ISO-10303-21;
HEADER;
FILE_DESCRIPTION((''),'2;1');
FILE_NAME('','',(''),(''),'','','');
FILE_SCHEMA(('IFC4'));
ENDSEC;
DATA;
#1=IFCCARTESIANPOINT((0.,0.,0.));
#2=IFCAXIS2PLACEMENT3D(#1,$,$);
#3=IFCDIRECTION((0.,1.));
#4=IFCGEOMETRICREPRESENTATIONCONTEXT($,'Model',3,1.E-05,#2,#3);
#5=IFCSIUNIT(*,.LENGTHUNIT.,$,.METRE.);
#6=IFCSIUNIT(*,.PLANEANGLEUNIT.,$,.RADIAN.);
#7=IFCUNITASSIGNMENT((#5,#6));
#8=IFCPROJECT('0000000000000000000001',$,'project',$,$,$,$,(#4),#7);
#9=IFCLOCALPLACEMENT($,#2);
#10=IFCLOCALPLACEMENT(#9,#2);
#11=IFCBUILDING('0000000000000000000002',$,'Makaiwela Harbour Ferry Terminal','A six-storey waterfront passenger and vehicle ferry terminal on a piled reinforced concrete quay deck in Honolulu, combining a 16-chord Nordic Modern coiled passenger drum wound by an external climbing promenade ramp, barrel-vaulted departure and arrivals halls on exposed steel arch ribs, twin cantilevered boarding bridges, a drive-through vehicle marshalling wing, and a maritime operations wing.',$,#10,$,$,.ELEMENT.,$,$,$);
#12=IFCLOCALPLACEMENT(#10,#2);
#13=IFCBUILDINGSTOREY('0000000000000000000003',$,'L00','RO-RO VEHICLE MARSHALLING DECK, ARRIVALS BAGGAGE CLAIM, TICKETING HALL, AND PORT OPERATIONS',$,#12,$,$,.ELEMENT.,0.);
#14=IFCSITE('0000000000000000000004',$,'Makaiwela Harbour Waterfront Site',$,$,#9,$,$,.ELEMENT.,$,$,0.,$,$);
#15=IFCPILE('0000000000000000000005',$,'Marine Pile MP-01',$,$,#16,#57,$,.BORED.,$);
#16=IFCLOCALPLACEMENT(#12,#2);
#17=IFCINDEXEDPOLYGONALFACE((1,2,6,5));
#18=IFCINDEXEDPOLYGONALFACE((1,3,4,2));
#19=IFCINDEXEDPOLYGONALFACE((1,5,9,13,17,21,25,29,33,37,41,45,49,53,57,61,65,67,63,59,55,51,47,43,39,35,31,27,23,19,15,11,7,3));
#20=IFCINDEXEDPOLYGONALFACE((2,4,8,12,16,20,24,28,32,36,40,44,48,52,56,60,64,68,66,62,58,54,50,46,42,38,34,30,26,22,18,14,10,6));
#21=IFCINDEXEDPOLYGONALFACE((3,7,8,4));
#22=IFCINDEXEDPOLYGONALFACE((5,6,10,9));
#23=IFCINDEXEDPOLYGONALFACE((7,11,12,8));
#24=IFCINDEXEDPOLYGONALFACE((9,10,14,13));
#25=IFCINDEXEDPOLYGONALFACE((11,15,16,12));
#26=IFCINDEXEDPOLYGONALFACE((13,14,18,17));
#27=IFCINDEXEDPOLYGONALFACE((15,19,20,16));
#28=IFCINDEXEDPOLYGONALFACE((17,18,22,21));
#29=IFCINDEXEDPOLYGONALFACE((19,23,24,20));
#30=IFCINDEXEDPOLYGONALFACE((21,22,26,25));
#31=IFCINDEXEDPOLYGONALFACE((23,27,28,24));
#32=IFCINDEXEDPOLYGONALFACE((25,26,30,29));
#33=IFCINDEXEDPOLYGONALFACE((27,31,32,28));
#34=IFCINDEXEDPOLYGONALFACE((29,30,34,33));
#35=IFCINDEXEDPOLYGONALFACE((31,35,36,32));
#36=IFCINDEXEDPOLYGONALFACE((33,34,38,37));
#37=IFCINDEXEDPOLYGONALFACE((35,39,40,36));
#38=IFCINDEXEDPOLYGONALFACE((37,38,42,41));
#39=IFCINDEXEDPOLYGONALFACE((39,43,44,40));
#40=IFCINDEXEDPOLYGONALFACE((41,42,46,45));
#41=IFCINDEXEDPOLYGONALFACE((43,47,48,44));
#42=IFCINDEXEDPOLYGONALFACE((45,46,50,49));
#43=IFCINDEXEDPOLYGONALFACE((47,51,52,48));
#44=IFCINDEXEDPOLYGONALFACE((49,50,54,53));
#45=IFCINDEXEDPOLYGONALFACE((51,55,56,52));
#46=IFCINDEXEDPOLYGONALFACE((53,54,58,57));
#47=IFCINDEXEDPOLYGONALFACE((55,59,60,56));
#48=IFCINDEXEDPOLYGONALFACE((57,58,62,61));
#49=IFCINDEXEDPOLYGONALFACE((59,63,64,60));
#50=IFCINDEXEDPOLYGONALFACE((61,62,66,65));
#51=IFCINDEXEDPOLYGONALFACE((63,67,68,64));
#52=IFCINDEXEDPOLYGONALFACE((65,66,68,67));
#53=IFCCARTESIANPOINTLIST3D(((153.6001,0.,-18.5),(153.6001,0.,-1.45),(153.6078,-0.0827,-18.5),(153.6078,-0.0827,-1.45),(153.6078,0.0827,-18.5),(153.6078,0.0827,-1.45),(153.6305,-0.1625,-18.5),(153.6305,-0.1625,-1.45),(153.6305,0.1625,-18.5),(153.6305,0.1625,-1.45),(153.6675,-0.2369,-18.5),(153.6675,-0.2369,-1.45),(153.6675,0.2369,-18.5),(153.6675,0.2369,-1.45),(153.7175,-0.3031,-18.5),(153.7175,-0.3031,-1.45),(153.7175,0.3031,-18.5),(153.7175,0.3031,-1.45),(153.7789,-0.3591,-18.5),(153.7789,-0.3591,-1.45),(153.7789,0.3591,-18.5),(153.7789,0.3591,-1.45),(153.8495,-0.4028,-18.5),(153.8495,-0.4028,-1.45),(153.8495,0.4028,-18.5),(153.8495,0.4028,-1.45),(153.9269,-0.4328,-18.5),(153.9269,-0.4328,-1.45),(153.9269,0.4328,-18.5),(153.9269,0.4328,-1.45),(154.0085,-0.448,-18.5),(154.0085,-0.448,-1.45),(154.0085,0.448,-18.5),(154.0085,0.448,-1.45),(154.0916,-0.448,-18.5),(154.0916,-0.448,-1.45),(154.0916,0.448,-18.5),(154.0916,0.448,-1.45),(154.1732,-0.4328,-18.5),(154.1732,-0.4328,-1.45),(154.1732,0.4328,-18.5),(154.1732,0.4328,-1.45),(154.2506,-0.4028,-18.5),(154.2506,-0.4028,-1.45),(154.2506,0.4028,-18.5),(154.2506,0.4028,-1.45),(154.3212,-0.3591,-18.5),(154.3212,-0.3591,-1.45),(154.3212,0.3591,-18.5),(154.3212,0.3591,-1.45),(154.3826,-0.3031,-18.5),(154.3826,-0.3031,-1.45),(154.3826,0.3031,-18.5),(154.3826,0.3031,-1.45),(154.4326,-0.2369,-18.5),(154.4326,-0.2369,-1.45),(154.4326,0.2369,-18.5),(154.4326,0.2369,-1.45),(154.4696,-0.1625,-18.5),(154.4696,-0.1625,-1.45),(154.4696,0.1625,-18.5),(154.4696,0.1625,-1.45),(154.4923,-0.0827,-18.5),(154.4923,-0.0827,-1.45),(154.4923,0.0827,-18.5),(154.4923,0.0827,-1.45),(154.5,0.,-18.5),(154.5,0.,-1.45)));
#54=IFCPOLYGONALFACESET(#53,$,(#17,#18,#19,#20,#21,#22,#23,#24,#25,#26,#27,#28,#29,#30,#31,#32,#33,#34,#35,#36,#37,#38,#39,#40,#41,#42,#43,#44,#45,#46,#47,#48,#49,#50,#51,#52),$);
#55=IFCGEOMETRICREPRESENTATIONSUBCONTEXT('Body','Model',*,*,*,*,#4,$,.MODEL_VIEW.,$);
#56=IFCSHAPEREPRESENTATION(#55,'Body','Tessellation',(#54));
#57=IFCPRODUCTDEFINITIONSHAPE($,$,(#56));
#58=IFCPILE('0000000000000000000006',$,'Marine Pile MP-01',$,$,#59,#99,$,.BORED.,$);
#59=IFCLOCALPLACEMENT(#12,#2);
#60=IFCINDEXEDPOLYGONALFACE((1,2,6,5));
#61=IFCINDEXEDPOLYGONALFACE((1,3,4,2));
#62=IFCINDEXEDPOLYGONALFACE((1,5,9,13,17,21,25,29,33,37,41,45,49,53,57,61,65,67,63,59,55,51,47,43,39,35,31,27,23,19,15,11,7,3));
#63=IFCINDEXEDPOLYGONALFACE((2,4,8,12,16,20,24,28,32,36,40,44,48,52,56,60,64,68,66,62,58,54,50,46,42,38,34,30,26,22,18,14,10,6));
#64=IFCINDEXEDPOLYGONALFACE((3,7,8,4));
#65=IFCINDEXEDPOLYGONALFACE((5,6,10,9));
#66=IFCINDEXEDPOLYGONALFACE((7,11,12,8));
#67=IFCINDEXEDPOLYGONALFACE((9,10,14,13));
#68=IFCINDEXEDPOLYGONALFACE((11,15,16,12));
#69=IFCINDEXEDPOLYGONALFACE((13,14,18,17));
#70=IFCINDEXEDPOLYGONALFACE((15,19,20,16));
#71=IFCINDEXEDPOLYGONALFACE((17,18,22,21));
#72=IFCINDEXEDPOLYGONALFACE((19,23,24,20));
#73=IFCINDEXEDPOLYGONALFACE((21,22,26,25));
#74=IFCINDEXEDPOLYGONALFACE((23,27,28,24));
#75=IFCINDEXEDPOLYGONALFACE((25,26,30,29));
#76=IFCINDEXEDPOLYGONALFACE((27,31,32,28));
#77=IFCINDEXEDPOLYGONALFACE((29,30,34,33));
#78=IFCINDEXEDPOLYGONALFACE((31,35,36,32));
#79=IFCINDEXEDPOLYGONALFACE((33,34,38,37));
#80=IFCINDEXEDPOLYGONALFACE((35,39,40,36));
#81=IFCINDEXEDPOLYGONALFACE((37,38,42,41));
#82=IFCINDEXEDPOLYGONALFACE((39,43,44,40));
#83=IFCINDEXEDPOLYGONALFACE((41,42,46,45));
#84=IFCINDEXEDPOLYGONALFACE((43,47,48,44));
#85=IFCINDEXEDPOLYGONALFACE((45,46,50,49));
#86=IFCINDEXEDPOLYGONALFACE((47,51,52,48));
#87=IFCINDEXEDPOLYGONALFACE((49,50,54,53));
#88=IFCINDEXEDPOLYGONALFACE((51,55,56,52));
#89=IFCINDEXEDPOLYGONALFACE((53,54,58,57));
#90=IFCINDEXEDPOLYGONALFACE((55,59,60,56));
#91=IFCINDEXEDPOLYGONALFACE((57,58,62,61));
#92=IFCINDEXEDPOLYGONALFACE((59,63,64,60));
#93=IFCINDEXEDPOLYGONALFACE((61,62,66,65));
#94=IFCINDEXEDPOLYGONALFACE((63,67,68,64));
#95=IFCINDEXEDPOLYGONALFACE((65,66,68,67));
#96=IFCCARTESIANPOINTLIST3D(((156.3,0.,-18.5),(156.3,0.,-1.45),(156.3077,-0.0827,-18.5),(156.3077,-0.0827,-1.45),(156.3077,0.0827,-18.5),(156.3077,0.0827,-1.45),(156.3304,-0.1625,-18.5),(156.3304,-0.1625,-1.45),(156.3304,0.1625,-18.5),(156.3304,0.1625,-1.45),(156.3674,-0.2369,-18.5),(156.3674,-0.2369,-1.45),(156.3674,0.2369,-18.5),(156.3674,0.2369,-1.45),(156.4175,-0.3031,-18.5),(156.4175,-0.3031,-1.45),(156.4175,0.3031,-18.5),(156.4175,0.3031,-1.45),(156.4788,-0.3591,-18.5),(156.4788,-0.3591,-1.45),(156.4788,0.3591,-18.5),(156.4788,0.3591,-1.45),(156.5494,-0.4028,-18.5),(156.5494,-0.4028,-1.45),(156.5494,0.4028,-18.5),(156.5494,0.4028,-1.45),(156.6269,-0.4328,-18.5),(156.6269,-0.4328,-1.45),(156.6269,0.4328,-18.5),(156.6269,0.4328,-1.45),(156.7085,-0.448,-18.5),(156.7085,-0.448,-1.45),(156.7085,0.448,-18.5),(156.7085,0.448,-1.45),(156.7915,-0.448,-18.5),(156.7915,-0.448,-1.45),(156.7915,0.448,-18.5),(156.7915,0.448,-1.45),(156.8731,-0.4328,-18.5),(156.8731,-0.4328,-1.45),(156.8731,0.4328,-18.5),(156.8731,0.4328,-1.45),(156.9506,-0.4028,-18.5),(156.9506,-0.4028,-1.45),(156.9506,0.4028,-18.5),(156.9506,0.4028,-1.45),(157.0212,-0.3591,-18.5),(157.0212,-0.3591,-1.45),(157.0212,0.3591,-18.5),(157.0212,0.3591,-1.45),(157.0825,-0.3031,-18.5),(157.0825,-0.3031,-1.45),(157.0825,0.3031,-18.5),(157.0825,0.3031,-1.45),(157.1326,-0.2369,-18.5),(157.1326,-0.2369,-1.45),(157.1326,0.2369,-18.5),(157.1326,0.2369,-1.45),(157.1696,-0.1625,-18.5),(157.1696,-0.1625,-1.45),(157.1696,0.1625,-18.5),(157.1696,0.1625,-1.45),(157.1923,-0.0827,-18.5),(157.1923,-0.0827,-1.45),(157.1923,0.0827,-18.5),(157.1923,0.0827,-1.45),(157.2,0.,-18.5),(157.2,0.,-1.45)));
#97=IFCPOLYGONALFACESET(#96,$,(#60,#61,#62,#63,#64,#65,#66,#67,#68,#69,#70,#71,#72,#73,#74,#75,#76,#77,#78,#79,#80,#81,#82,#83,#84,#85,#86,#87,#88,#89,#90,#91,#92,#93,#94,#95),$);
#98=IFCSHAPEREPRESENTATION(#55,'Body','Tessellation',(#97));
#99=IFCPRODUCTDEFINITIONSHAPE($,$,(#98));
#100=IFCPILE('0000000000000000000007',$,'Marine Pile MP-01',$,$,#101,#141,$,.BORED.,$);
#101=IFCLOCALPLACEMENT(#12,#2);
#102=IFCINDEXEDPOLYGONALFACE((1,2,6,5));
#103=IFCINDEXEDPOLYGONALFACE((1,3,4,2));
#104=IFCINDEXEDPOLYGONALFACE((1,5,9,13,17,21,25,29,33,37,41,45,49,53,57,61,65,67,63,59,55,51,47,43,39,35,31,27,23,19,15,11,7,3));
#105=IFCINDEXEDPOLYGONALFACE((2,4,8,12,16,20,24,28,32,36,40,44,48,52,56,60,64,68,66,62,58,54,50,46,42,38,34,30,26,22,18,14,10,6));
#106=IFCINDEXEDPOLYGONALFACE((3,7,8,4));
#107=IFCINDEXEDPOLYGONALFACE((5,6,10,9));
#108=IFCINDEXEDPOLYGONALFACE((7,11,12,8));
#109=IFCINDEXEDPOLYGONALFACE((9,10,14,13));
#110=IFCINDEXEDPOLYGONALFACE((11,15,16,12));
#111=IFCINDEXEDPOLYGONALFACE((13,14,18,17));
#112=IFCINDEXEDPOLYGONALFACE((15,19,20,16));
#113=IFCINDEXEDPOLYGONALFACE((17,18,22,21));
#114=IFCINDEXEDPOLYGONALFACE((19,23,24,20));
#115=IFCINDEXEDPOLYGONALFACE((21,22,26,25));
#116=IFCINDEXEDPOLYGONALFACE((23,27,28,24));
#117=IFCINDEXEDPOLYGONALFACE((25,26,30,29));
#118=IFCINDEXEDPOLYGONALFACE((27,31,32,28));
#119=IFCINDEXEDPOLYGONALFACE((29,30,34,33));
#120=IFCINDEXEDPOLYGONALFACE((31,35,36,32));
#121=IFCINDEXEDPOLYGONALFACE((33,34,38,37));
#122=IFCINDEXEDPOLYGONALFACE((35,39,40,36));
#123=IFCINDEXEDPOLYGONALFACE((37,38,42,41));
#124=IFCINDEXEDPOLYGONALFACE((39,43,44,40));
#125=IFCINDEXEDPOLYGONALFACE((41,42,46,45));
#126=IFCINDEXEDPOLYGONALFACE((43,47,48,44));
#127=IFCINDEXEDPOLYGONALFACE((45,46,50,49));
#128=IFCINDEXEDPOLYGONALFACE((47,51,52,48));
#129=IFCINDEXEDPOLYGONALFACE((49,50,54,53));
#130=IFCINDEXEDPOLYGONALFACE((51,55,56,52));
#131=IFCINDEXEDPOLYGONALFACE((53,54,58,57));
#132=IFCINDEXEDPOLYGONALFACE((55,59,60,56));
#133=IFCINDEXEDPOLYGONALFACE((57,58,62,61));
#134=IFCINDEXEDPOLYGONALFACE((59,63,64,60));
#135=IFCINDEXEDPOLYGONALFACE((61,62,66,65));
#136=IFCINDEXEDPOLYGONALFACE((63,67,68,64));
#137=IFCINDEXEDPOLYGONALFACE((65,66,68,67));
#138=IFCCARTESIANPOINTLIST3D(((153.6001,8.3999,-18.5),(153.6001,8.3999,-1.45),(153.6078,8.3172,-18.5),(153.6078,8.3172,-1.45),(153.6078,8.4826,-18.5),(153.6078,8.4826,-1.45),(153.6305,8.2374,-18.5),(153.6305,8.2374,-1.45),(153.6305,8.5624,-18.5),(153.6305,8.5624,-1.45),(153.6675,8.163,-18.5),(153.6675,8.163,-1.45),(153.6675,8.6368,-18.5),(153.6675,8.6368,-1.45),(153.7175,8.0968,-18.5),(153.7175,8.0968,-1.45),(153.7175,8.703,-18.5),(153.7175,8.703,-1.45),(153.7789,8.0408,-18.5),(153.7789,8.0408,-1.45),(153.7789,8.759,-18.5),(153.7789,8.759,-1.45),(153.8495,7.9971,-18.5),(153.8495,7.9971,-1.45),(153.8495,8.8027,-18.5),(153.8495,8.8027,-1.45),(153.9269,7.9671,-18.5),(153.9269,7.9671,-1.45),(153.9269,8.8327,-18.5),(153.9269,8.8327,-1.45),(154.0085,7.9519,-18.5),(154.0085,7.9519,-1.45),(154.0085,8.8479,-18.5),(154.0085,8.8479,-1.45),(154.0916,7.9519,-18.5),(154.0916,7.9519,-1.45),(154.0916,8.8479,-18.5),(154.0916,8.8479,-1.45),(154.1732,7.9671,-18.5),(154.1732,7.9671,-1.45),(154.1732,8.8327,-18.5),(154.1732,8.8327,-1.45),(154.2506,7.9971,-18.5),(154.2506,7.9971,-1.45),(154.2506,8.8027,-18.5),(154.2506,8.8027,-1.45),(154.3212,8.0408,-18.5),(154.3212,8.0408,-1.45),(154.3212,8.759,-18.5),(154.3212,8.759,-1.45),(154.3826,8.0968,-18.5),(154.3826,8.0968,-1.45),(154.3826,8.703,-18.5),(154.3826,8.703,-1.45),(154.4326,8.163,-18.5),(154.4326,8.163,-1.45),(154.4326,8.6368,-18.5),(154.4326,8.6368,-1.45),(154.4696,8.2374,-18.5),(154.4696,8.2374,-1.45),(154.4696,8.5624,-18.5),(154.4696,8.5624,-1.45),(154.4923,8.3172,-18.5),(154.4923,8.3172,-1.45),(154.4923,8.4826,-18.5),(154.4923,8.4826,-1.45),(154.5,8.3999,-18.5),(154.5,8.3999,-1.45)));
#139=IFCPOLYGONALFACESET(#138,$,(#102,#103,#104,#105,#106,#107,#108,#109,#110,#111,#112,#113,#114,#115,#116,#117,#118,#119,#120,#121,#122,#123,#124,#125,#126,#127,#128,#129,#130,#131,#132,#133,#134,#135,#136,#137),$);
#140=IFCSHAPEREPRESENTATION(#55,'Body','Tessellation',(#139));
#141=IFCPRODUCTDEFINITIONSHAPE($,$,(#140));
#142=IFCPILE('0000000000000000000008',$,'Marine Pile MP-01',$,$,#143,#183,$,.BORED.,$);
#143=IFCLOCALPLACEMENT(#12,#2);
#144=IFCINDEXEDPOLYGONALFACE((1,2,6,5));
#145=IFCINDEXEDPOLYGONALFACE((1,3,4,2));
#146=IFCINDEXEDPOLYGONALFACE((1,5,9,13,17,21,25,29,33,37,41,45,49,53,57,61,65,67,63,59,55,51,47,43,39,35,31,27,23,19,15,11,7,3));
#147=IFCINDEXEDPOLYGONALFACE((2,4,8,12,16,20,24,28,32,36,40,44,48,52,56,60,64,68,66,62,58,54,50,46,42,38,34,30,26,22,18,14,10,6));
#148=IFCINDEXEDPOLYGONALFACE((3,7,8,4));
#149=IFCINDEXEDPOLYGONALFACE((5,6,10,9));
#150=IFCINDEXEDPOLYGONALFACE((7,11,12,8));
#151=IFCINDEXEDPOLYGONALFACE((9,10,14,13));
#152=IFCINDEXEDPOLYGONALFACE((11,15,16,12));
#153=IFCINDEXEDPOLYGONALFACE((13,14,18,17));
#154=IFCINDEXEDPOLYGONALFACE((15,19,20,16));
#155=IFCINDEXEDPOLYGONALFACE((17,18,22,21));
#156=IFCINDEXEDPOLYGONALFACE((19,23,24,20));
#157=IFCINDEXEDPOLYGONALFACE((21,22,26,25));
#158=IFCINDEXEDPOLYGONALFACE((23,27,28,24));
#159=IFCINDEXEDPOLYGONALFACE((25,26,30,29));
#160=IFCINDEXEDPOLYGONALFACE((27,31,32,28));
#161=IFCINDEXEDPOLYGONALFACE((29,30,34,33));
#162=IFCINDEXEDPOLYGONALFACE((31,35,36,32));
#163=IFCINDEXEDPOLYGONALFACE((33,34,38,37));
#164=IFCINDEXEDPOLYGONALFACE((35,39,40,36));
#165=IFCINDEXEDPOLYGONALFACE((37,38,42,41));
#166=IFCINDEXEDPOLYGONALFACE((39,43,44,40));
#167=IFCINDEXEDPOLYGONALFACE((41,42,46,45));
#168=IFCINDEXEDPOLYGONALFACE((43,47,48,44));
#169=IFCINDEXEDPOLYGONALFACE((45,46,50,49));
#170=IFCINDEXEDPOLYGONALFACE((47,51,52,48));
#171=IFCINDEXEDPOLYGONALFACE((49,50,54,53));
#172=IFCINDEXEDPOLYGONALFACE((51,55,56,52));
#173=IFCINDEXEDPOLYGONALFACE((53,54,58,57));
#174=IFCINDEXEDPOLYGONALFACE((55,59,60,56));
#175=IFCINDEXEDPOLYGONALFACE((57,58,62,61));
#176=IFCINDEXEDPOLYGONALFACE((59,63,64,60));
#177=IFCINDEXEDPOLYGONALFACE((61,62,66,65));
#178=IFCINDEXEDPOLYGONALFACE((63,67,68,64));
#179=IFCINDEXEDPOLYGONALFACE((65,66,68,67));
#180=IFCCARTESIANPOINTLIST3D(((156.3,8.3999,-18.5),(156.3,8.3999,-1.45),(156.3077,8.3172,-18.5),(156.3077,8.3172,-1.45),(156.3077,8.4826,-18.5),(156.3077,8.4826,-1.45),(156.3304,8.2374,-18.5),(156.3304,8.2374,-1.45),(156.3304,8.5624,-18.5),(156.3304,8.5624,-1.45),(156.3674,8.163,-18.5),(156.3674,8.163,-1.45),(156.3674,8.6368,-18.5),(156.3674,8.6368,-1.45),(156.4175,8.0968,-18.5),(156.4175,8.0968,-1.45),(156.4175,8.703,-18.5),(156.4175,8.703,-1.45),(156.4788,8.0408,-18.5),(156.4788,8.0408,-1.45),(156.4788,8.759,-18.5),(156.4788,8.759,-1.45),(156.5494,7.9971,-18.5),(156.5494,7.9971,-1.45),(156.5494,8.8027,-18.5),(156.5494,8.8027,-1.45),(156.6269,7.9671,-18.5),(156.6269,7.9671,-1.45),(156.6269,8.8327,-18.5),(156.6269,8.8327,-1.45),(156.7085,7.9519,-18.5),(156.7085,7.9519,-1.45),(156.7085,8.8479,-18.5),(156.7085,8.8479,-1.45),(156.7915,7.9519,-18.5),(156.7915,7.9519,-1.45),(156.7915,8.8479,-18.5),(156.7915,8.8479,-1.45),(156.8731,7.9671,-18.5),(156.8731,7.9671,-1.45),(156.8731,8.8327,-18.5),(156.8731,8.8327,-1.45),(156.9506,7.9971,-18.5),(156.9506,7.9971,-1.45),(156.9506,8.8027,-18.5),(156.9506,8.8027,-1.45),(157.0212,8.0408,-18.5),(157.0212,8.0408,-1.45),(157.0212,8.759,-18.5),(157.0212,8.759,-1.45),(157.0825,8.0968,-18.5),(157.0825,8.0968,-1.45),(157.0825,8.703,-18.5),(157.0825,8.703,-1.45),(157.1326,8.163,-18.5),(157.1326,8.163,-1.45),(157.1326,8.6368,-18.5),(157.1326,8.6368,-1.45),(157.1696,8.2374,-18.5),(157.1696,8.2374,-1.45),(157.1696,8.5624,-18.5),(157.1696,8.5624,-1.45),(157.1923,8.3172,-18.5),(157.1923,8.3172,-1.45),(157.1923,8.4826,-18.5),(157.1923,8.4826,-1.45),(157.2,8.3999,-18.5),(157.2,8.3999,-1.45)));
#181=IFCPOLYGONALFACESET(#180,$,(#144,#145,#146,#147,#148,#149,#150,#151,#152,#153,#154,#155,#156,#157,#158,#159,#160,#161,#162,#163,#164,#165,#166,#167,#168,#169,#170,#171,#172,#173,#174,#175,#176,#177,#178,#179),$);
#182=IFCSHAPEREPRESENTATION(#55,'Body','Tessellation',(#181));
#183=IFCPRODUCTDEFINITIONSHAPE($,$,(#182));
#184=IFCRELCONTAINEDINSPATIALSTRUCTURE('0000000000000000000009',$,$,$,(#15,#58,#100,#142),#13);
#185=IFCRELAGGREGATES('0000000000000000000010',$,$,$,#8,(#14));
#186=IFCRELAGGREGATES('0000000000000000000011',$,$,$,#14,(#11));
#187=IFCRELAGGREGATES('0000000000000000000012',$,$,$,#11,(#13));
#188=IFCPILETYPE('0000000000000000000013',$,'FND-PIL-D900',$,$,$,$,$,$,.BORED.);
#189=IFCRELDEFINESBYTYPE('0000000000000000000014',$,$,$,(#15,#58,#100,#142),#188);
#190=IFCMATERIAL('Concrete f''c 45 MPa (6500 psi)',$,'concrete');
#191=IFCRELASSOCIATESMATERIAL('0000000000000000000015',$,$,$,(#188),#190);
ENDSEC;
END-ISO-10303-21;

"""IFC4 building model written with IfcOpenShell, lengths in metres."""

from ifc_helpers import new_model, si_unit, direction, frame, origin, origin_2d, place, context, subcontext, project, spatial, circle, extrude, material, material_profile, profile_set, type_object, element, save


model = new_model("IFC4")

# Units and contexts
model_context = context("Model", 3, precision=1e-05, world=origin(), true_north=direction((0.0, 1.0)))
body_context = subcontext(model_context, "Body", "Model", "MODEL_VIEW")
ifc_project = project(units=[si_unit("LENGTHUNIT", "METRE"), si_unit("PLANEANGLEUNIT", "RADIAN")], contexts=[model_context])

# Site, building, storey
site_placement = place(None, origin())
site = spatial("IfcSite", under=ifc_project, at=site_placement, Name="Makaiwela Harbour Waterfront Site", CompositionType="ELEMENT", RefElevation=0.0)
building_placement = place(site_placement, origin())
building = spatial("IfcBuilding", under=site, at=building_placement, Name="Makaiwela Harbour Ferry Terminal", Description="A six-storey waterfront passenger and vehicle ferry terminal on a piled reinforced concrete quay deck in Honolulu, combining a 16-chord Nordic Modern coiled passenger drum wound by an external climbing promenade ramp, barrel-vaulted departure and arrivals halls on exposed steel arch ribs, twin cantilevered boarding bridges, a drive-through vehicle marshalling wing, and a maritime operations wing.", CompositionType="ELEMENT")
storey_placement = place(building_placement, origin())
storey = spatial("IfcBuildingStorey", under=building, at=storey_placement, Name="L00", Description="RO-RO VEHICLE MARSHALLING DECK, ARRIVALS BAGGAGE CLAIM, TICKETING HALL, AND PORT OPERATIONS", CompositionType="ELEMENT", Elevation=0.0)

# Shared definitions
ifc_material_1 = material(Name="Concrete f'c 45 MPa (6500 psi)", Category="concrete")

# Piles
ifc_material_profile_1 = material_profile(ifc_material_1, circle(Radius=0.45, at=origin_2d()), Name="PILE-D900")
ifc_profile_set_1 = profile_set([ifc_material_profile_1], Name="Concrete f'c 45 MPa (6500 psi)")
pile_type_1 = type_object("IfcPileType", Name="FND-PIL-D900", PredefinedType="BORED", material=ifc_profile_set_1)
for number, where, z_axis, x_axis, name in (
    (1, (154.05, 0.0, -1.45), (0.0, 0.0, -1.0), (1.0, 0.0, 0.0), "Marine Pile MP-01"),
    (2, (156.75, 0.0, -1.45), (0.0, 0.0, -1.0), (1.0, 0.0, 0.0), "Marine Pile MP-01"),
    (3, (154.05, 8.3999, -1.45), (0.0, 0.0, -1.0), (1.0, 0.0, 0.0), "Marine Pile MP-01"),
    (4, (156.75, 8.3999, -1.45), (0.0, 0.0, -1.0), (1.0, 0.0, 0.0), "Marine Pile MP-01"),
):
    element("IfcPile", number, at=place(storey_placement, frame(where, z_axis=z_axis, x_axis=x_axis)), inside=storey, type_object=pile_type_1, Name=name, PredefinedType="BORED", context=body_context, shape_type="SweptSolid", body=[
        extrude(circle(Radius=0.45, at=origin_2d()), origin(), (0.0, 0.0, 1.0), 17.05),
    ])

save(model, "model.ifc")
